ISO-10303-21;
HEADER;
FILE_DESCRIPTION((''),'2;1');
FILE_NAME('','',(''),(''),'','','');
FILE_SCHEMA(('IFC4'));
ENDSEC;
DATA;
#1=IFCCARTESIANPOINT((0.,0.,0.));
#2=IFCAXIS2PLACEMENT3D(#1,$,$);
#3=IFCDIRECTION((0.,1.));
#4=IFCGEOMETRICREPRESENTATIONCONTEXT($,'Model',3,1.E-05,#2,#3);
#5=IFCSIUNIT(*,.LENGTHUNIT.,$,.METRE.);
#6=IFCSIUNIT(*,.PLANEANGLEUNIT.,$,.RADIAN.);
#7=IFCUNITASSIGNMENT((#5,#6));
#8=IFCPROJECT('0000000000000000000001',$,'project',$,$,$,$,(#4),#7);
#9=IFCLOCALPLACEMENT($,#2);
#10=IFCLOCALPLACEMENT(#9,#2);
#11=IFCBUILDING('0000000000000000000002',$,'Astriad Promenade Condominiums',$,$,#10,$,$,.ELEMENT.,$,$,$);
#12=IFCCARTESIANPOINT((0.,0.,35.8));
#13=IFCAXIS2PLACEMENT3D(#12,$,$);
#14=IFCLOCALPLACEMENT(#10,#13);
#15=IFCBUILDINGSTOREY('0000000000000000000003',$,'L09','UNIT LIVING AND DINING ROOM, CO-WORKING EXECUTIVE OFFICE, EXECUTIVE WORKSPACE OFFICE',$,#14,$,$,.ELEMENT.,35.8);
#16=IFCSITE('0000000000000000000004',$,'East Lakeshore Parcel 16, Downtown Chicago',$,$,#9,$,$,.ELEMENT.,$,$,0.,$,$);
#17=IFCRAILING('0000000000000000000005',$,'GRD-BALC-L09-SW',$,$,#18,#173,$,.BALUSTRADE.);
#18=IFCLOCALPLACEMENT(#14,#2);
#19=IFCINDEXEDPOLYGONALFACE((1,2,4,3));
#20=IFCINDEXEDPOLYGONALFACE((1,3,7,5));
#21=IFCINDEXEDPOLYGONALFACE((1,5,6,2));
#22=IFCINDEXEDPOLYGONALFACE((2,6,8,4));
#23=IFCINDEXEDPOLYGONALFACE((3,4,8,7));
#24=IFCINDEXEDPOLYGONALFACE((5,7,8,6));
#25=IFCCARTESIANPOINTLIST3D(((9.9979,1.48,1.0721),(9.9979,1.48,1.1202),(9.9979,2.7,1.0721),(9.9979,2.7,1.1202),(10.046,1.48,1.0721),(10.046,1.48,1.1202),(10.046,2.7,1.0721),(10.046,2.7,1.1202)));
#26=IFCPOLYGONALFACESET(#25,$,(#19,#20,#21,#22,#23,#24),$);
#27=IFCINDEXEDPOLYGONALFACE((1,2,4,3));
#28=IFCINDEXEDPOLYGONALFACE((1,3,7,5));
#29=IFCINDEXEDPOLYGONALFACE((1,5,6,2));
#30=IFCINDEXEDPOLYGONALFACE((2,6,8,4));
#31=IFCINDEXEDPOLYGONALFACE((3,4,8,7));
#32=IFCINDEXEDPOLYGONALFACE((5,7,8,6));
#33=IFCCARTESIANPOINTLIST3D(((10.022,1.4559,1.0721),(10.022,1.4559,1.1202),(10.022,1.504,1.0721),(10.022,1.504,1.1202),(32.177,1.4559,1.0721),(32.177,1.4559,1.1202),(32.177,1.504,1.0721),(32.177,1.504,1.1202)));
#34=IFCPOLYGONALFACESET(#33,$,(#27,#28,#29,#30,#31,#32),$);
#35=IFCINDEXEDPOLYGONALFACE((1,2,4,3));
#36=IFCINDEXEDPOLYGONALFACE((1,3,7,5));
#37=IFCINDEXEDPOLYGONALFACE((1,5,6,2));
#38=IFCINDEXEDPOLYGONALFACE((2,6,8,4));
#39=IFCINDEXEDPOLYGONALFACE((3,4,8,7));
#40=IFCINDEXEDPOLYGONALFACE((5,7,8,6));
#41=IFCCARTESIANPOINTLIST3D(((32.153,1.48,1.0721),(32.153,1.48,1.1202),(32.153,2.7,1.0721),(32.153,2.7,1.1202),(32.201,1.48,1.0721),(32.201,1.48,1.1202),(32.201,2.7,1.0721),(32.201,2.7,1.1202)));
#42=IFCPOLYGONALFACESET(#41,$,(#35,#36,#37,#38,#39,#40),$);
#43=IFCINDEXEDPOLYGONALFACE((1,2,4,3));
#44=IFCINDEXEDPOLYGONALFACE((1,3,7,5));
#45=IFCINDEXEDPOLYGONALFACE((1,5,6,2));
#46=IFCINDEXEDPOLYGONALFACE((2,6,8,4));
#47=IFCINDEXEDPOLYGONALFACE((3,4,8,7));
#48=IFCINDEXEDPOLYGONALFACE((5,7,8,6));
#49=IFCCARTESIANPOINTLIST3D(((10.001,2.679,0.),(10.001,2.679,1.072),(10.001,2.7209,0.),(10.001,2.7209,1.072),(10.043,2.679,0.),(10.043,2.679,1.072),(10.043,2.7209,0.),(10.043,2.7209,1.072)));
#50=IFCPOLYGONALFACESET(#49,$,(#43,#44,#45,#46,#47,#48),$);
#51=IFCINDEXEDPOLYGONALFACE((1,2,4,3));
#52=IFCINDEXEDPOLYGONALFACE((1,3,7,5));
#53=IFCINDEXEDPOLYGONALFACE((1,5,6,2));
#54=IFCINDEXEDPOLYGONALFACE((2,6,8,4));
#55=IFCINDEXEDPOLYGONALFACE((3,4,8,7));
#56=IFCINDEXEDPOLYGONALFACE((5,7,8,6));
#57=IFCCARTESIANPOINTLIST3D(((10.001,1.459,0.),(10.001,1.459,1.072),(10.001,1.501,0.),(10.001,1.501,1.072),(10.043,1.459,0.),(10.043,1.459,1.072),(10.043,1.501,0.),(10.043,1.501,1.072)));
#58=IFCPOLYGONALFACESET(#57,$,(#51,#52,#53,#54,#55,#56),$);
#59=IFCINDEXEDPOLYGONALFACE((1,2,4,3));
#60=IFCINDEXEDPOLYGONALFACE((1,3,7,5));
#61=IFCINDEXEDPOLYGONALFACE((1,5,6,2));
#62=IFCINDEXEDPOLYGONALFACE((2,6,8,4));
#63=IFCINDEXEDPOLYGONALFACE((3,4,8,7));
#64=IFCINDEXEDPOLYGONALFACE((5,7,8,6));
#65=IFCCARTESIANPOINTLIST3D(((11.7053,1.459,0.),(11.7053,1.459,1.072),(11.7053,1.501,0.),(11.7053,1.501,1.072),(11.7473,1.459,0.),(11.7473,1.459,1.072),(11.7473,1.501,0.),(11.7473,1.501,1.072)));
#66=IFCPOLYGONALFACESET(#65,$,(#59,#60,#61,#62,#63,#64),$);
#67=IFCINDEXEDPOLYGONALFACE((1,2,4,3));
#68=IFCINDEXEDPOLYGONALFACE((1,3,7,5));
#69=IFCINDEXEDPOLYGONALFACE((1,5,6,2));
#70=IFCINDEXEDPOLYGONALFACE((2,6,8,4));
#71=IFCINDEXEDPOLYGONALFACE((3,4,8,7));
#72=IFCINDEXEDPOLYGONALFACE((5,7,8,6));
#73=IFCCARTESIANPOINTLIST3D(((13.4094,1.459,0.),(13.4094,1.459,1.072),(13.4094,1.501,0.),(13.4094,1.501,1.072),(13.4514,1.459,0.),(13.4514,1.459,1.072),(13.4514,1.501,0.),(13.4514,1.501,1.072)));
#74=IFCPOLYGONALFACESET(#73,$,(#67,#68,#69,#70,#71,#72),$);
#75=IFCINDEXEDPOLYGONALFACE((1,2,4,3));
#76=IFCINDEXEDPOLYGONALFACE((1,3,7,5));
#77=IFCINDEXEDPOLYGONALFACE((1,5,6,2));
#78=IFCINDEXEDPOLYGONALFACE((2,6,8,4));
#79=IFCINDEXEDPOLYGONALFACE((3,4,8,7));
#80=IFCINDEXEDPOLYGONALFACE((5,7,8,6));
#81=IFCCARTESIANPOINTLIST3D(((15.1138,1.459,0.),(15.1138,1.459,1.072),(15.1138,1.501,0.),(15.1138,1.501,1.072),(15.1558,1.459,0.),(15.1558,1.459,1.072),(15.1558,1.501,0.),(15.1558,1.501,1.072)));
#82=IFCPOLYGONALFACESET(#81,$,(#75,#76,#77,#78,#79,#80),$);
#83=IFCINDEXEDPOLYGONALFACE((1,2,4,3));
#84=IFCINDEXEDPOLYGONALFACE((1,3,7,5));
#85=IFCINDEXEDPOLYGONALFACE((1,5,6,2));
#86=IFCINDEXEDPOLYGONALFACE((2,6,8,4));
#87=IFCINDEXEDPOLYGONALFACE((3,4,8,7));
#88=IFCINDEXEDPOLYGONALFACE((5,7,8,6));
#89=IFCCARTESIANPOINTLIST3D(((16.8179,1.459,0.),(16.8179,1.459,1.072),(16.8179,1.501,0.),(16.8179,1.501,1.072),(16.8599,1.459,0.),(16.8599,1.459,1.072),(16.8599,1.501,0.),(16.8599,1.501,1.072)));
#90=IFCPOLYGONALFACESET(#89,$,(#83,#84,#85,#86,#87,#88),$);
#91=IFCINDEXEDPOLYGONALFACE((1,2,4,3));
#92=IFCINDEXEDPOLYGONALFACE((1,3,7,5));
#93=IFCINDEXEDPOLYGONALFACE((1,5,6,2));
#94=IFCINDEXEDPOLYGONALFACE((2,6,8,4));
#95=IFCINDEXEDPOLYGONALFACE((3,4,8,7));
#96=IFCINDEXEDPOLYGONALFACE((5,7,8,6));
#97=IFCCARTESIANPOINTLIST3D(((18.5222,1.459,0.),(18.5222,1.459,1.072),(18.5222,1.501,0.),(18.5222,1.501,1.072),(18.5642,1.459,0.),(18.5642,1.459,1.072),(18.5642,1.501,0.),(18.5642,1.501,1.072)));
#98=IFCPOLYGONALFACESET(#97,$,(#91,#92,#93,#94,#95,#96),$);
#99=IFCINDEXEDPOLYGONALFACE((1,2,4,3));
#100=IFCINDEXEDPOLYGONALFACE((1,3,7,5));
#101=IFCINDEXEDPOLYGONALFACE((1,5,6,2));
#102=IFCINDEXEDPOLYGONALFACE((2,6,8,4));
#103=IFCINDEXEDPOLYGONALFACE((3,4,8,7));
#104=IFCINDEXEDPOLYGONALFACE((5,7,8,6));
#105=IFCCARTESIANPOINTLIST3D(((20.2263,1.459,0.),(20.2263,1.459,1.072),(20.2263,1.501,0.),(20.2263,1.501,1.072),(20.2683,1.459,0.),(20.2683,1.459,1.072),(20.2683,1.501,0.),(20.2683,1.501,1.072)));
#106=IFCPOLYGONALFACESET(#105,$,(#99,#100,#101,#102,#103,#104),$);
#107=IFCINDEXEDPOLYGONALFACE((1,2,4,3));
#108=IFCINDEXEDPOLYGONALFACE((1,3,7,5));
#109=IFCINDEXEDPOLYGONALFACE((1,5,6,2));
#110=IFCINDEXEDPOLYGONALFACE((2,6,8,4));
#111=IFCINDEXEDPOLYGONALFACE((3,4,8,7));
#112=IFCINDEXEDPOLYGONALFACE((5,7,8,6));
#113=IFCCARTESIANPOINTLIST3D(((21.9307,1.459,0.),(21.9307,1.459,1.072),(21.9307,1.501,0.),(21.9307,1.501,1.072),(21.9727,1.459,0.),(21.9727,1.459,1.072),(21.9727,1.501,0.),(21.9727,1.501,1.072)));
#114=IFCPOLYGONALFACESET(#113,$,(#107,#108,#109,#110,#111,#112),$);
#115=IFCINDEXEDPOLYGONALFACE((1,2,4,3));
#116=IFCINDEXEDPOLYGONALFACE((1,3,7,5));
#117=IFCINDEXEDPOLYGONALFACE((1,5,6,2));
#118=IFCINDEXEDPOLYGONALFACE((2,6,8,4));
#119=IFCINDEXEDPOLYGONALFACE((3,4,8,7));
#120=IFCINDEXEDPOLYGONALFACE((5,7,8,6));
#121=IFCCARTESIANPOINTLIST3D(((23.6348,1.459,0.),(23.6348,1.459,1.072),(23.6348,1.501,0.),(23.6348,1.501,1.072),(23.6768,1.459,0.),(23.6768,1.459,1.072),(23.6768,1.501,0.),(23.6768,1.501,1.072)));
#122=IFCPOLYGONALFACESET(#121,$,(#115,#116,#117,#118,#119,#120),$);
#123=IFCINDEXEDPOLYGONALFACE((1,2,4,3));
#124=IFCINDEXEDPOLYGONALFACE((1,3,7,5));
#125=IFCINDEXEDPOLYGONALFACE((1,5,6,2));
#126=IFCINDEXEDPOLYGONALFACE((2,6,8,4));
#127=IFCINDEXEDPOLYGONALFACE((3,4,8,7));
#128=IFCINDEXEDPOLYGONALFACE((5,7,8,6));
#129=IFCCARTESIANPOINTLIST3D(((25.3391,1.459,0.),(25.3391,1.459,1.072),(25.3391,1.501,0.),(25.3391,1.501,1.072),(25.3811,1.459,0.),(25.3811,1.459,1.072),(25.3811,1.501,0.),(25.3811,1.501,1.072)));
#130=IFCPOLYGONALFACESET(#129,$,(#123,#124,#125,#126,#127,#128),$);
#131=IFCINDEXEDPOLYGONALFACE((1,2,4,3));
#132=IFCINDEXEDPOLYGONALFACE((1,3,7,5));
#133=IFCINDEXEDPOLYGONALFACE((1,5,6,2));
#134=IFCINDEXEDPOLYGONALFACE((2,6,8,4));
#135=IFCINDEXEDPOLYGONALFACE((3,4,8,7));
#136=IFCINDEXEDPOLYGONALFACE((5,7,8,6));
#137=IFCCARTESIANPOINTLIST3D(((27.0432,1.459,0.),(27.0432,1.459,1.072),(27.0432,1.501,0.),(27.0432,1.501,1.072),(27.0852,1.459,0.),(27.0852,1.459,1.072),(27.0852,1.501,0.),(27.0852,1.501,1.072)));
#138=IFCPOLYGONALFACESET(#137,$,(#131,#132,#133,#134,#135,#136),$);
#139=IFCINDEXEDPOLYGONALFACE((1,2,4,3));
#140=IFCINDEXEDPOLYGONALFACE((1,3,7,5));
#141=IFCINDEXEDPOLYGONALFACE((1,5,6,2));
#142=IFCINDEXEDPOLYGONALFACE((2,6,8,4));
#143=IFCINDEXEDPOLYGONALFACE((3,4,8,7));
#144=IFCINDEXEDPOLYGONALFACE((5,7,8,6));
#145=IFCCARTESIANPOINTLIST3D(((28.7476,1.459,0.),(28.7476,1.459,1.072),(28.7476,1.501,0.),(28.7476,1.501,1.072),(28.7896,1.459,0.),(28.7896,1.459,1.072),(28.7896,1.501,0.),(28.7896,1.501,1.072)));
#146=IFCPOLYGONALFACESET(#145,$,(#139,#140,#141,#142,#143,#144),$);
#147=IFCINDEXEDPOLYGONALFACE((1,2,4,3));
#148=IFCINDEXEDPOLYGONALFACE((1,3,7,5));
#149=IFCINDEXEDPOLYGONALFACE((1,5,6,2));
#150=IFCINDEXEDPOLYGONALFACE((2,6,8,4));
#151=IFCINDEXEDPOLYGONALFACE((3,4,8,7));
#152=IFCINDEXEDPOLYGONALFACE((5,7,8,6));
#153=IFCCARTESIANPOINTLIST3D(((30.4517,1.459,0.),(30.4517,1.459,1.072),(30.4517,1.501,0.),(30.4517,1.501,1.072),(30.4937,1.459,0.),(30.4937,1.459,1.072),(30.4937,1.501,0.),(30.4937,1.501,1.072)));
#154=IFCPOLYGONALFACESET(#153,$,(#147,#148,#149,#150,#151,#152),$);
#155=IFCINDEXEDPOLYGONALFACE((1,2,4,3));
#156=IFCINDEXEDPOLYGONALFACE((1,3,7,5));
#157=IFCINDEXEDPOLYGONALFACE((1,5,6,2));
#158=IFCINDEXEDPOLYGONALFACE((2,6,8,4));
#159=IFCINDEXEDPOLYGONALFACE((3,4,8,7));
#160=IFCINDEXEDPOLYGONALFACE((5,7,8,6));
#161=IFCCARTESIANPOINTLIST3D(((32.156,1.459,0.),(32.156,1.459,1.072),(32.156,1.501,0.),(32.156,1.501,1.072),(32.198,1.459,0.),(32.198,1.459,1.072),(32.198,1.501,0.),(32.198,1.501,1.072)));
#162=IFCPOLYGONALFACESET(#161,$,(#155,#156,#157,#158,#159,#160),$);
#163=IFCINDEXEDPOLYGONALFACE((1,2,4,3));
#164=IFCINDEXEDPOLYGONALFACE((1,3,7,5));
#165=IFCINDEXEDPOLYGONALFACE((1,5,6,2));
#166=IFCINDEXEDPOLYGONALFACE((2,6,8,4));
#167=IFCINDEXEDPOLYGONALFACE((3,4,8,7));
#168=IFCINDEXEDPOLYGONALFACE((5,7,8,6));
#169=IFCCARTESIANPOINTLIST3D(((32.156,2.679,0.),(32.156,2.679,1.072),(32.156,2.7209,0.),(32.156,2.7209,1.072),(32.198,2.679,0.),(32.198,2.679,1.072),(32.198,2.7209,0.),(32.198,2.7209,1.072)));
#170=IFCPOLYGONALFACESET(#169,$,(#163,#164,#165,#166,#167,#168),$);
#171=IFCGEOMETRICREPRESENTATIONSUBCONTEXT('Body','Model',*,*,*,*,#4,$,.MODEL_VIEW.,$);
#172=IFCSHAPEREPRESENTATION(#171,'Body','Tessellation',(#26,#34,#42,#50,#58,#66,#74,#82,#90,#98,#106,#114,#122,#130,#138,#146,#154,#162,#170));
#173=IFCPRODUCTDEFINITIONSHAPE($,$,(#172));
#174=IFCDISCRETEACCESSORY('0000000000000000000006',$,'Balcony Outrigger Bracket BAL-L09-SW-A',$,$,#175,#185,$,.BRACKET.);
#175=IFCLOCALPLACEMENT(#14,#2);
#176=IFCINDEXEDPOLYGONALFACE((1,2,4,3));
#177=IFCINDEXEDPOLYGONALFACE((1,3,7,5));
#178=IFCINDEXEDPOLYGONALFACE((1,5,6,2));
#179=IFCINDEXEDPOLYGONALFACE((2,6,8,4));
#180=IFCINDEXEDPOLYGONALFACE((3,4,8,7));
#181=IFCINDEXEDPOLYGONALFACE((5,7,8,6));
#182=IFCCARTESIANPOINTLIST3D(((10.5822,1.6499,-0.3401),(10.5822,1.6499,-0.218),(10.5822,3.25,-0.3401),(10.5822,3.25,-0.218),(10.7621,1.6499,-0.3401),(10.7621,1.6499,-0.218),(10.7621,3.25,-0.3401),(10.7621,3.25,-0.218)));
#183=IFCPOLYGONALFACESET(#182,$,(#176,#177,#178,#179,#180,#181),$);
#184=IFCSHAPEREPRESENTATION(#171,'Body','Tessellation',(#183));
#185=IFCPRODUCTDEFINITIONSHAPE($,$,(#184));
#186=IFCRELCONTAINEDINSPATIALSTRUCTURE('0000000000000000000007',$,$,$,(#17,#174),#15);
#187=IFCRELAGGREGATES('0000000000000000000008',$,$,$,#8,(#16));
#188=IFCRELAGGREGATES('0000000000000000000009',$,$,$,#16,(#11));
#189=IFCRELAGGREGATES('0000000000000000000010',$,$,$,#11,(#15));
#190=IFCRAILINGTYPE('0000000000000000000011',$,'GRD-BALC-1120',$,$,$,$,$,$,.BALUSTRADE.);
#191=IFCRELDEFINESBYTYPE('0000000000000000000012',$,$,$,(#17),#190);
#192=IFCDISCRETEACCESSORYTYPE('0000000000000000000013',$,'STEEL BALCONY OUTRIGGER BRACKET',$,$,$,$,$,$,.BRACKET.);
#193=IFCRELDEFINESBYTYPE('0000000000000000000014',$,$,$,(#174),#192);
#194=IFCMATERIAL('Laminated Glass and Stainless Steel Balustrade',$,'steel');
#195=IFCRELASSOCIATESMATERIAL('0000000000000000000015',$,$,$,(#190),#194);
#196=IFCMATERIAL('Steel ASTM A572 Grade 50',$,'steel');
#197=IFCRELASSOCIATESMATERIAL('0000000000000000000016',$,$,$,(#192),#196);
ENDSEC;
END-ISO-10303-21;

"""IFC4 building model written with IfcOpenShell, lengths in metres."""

from ifc_helpers import new_model, si_unit, direction, frame, origin, origin_2d, place, context, subcontext, project, spatial, rectangle, extrude, source, transform, mapped, material, type_object, type_shapes, element, save


model = new_model("IFC4")

# Units and contexts
model_context = context("Model", 3, precision=1e-05, world=origin(), true_north=direction((0.0, 1.0)))
body_context = subcontext(model_context, "Body", "Model", "MODEL_VIEW")
ifc_project = project(units=[si_unit("LENGTHUNIT", "METRE"), si_unit("PLANEANGLEUNIT", "RADIAN")], contexts=[model_context])

# Site, building, storey
site_placement = place(None, origin())
site = spatial("IfcSite", under=ifc_project, at=site_placement, Name="East Lakeshore Parcel 16, Downtown Chicago", CompositionType="ELEMENT", RefElevation=0.0)
building_placement = place(site_placement, origin())
building = spatial("IfcBuilding", under=site, at=building_placement, Name="Astriad Promenade Condominiums", CompositionType="ELEMENT")
storey_placement = place(building_placement, frame((0.0, 0.0, 35.8)))
storey = spatial("IfcBuildingStorey", under=building, at=storey_placement, Name="L09", Description="UNIT LIVING AND DINING ROOM, CO-WORKING EXECUTIVE OFFICE, EXECUTIVE WORKSPACE OFFICE", CompositionType="ELEMENT", Elevation=35.8)

# Railing
ifc_material_1 = material(Name="Laminated Glass and Stainless Steel Balustrade", Category="steel")
railing_type = type_object("IfcRailingType", Name="GRD-BALC-1120", PredefinedType="BALUSTRADE", material=ifc_material_1)
shared_shape_1 = source(origin(), body_context, "Body", "SweptSolid", [
    extrude(rectangle(XDim=0.0481, YDim=0.0481, at=origin_2d()), frame((0.0, 0.0, 1.0962), z_axis=(0.0, -1.0, 0.0), x_axis=(1.0, 0.0, 0.0)), (0.0, 0.0, 1.0), 1.22),
    extrude(rectangle(XDim=0.0481, YDim=0.0481, at=origin_2d()), frame((0.0, -1.22, 1.0962), z_axis=(1.0, 0.0, 0.0), x_axis=(0.0, 1.0, 0.0)), (0.0, 0.0, 1.0), 22.155),
    extrude(rectangle(XDim=0.0481, YDim=0.0481, at=origin_2d()), frame((22.155, -1.22, 1.0962), z_axis=(0.0, 1.0, 0.0), x_axis=(-1.0, 0.0, 0.0)), (0.0, 0.0, 1.0), 1.22),
    extrude(rectangle(XDim=0.042, YDim=0.042, at=origin_2d()), origin(), (0.0, 0.0, 1.0), 1.072),
    extrude(rectangle(XDim=0.042, YDim=0.042, at=origin_2d()), frame((0.0, -1.22, 0.0)), (0.0, 0.0, 1.0), 1.072),
    extrude(rectangle(XDim=0.042, YDim=0.042, at=origin_2d()), frame((1.7043, -1.22, 0.0)), (0.0, 0.0, 1.0), 1.072),
    extrude(rectangle(XDim=0.042, YDim=0.042, at=origin_2d()), frame((3.4084, -1.22, 0.0)), (0.0, 0.0, 1.0), 1.072),
    extrude(rectangle(XDim=0.042, YDim=0.042, at=origin_2d()), frame((5.1128, -1.22, 0.0)), (0.0, 0.0, 1.0), 1.072),
    extrude(rectangle(XDim=0.042, YDim=0.042, at=origin_2d()), frame((6.8169, -1.22, 0.0)), (0.0, 0.0, 1.0), 1.072),
    extrude(rectangle(XDim=0.042, YDim=0.042, at=origin_2d()), frame((8.5212, -1.22, 0.0)), (0.0, 0.0, 1.0), 1.072),
    extrude(rectangle(XDim=0.042, YDim=0.042, at=origin_2d()), frame((10.2253, -1.22, 0.0)), (0.0, 0.0, 1.0), 1.072),
    extrude(rectangle(XDim=0.042, YDim=0.042, at=origin_2d()), frame((11.9297, -1.22, 0.0)), (0.0, 0.0, 1.0), 1.072),
    extrude(rectangle(XDim=0.042, YDim=0.042, at=origin_2d()), frame((13.6338, -1.22, 0.0)), (0.0, 0.0, 1.0), 1.072),
    extrude(rectangle(XDim=0.042, YDim=0.042, at=origin_2d()), frame((15.3381, -1.22, 0.0)), (0.0, 0.0, 1.0), 1.072),
    extrude(rectangle(XDim=0.042, YDim=0.042, at=origin_2d()), frame((17.0422, -1.22, 0.0)), (0.0, 0.0, 1.0), 1.072),
    extrude(rectangle(XDim=0.042, YDim=0.042, at=origin_2d()), frame((18.7466, -1.22, 0.0)), (0.0, 0.0, 1.0), 1.072),
    extrude(rectangle(XDim=0.042, YDim=0.042, at=origin_2d()), frame((20.4507, -1.22, 0.0)), (0.0, 0.0, 1.0), 1.072),
    extrude(rectangle(XDim=0.042, YDim=0.042, at=origin_2d()), frame((22.155, -1.22, 0.0)), (0.0, 0.0, 1.0), 1.072),
    extrude(rectangle(XDim=0.042, YDim=0.042, at=origin_2d()), frame((22.155, 0.0, 0.0)), (0.0, 0.0, 1.0), 1.072),
])
type_shapes(railing_type, [shared_shape_1])
railing_placement = place(storey_placement, frame((10.022, 2.7, 0.0)))
element("IfcRailing", 1, at=railing_placement, inside=storey, type_object=railing_type, Name="GRD-BALC-L09-SW", PredefinedType="BALUSTRADE", context=body_context, shape_type="MappedRepresentation", body=[
    mapped(shared_shape_1, transform((0.0, 0.0, 0.0), scale=1.0)),
])

# Discrete accessory
ifc_material_2 = material(Name="Steel ASTM A572 Grade 50", Category="steel")
discrete_accessory_type = type_object("IfcDiscreteAccessoryType", Name="STEEL BALCONY OUTRIGGER BRACKET", PredefinedType="BRACKET", material=ifc_material_2)
shared_shape_2 = source(origin(), body_context, "Body", "SweptSolid", [
    extrude(rectangle(XDim=1.6001, YDim=0.1799, at=origin_2d()), origin(), (0.0, 0.0, 1.0), 0.1221),
])
type_shapes(discrete_accessory_type, [shared_shape_2])
discrete_accessory_placement = place(storey_placement, frame((10.6721, 2.45, -0.3401), z_axis=(0.0, 0.0, 1.0), x_axis=(0.0, -1.0, 0.0)))
element("IfcDiscreteAccessory", 2, at=discrete_accessory_placement, inside=storey, type_object=discrete_accessory_type, Name="Balcony Outrigger Bracket BAL-L09-SW-A", PredefinedType="BRACKET", context=body_context, shape_type="MappedRepresentation", body=[
    mapped(shared_shape_2, transform((0.0, 0.0, 0.0), scale=1.0)),
])

save(model, "model.ifc")
